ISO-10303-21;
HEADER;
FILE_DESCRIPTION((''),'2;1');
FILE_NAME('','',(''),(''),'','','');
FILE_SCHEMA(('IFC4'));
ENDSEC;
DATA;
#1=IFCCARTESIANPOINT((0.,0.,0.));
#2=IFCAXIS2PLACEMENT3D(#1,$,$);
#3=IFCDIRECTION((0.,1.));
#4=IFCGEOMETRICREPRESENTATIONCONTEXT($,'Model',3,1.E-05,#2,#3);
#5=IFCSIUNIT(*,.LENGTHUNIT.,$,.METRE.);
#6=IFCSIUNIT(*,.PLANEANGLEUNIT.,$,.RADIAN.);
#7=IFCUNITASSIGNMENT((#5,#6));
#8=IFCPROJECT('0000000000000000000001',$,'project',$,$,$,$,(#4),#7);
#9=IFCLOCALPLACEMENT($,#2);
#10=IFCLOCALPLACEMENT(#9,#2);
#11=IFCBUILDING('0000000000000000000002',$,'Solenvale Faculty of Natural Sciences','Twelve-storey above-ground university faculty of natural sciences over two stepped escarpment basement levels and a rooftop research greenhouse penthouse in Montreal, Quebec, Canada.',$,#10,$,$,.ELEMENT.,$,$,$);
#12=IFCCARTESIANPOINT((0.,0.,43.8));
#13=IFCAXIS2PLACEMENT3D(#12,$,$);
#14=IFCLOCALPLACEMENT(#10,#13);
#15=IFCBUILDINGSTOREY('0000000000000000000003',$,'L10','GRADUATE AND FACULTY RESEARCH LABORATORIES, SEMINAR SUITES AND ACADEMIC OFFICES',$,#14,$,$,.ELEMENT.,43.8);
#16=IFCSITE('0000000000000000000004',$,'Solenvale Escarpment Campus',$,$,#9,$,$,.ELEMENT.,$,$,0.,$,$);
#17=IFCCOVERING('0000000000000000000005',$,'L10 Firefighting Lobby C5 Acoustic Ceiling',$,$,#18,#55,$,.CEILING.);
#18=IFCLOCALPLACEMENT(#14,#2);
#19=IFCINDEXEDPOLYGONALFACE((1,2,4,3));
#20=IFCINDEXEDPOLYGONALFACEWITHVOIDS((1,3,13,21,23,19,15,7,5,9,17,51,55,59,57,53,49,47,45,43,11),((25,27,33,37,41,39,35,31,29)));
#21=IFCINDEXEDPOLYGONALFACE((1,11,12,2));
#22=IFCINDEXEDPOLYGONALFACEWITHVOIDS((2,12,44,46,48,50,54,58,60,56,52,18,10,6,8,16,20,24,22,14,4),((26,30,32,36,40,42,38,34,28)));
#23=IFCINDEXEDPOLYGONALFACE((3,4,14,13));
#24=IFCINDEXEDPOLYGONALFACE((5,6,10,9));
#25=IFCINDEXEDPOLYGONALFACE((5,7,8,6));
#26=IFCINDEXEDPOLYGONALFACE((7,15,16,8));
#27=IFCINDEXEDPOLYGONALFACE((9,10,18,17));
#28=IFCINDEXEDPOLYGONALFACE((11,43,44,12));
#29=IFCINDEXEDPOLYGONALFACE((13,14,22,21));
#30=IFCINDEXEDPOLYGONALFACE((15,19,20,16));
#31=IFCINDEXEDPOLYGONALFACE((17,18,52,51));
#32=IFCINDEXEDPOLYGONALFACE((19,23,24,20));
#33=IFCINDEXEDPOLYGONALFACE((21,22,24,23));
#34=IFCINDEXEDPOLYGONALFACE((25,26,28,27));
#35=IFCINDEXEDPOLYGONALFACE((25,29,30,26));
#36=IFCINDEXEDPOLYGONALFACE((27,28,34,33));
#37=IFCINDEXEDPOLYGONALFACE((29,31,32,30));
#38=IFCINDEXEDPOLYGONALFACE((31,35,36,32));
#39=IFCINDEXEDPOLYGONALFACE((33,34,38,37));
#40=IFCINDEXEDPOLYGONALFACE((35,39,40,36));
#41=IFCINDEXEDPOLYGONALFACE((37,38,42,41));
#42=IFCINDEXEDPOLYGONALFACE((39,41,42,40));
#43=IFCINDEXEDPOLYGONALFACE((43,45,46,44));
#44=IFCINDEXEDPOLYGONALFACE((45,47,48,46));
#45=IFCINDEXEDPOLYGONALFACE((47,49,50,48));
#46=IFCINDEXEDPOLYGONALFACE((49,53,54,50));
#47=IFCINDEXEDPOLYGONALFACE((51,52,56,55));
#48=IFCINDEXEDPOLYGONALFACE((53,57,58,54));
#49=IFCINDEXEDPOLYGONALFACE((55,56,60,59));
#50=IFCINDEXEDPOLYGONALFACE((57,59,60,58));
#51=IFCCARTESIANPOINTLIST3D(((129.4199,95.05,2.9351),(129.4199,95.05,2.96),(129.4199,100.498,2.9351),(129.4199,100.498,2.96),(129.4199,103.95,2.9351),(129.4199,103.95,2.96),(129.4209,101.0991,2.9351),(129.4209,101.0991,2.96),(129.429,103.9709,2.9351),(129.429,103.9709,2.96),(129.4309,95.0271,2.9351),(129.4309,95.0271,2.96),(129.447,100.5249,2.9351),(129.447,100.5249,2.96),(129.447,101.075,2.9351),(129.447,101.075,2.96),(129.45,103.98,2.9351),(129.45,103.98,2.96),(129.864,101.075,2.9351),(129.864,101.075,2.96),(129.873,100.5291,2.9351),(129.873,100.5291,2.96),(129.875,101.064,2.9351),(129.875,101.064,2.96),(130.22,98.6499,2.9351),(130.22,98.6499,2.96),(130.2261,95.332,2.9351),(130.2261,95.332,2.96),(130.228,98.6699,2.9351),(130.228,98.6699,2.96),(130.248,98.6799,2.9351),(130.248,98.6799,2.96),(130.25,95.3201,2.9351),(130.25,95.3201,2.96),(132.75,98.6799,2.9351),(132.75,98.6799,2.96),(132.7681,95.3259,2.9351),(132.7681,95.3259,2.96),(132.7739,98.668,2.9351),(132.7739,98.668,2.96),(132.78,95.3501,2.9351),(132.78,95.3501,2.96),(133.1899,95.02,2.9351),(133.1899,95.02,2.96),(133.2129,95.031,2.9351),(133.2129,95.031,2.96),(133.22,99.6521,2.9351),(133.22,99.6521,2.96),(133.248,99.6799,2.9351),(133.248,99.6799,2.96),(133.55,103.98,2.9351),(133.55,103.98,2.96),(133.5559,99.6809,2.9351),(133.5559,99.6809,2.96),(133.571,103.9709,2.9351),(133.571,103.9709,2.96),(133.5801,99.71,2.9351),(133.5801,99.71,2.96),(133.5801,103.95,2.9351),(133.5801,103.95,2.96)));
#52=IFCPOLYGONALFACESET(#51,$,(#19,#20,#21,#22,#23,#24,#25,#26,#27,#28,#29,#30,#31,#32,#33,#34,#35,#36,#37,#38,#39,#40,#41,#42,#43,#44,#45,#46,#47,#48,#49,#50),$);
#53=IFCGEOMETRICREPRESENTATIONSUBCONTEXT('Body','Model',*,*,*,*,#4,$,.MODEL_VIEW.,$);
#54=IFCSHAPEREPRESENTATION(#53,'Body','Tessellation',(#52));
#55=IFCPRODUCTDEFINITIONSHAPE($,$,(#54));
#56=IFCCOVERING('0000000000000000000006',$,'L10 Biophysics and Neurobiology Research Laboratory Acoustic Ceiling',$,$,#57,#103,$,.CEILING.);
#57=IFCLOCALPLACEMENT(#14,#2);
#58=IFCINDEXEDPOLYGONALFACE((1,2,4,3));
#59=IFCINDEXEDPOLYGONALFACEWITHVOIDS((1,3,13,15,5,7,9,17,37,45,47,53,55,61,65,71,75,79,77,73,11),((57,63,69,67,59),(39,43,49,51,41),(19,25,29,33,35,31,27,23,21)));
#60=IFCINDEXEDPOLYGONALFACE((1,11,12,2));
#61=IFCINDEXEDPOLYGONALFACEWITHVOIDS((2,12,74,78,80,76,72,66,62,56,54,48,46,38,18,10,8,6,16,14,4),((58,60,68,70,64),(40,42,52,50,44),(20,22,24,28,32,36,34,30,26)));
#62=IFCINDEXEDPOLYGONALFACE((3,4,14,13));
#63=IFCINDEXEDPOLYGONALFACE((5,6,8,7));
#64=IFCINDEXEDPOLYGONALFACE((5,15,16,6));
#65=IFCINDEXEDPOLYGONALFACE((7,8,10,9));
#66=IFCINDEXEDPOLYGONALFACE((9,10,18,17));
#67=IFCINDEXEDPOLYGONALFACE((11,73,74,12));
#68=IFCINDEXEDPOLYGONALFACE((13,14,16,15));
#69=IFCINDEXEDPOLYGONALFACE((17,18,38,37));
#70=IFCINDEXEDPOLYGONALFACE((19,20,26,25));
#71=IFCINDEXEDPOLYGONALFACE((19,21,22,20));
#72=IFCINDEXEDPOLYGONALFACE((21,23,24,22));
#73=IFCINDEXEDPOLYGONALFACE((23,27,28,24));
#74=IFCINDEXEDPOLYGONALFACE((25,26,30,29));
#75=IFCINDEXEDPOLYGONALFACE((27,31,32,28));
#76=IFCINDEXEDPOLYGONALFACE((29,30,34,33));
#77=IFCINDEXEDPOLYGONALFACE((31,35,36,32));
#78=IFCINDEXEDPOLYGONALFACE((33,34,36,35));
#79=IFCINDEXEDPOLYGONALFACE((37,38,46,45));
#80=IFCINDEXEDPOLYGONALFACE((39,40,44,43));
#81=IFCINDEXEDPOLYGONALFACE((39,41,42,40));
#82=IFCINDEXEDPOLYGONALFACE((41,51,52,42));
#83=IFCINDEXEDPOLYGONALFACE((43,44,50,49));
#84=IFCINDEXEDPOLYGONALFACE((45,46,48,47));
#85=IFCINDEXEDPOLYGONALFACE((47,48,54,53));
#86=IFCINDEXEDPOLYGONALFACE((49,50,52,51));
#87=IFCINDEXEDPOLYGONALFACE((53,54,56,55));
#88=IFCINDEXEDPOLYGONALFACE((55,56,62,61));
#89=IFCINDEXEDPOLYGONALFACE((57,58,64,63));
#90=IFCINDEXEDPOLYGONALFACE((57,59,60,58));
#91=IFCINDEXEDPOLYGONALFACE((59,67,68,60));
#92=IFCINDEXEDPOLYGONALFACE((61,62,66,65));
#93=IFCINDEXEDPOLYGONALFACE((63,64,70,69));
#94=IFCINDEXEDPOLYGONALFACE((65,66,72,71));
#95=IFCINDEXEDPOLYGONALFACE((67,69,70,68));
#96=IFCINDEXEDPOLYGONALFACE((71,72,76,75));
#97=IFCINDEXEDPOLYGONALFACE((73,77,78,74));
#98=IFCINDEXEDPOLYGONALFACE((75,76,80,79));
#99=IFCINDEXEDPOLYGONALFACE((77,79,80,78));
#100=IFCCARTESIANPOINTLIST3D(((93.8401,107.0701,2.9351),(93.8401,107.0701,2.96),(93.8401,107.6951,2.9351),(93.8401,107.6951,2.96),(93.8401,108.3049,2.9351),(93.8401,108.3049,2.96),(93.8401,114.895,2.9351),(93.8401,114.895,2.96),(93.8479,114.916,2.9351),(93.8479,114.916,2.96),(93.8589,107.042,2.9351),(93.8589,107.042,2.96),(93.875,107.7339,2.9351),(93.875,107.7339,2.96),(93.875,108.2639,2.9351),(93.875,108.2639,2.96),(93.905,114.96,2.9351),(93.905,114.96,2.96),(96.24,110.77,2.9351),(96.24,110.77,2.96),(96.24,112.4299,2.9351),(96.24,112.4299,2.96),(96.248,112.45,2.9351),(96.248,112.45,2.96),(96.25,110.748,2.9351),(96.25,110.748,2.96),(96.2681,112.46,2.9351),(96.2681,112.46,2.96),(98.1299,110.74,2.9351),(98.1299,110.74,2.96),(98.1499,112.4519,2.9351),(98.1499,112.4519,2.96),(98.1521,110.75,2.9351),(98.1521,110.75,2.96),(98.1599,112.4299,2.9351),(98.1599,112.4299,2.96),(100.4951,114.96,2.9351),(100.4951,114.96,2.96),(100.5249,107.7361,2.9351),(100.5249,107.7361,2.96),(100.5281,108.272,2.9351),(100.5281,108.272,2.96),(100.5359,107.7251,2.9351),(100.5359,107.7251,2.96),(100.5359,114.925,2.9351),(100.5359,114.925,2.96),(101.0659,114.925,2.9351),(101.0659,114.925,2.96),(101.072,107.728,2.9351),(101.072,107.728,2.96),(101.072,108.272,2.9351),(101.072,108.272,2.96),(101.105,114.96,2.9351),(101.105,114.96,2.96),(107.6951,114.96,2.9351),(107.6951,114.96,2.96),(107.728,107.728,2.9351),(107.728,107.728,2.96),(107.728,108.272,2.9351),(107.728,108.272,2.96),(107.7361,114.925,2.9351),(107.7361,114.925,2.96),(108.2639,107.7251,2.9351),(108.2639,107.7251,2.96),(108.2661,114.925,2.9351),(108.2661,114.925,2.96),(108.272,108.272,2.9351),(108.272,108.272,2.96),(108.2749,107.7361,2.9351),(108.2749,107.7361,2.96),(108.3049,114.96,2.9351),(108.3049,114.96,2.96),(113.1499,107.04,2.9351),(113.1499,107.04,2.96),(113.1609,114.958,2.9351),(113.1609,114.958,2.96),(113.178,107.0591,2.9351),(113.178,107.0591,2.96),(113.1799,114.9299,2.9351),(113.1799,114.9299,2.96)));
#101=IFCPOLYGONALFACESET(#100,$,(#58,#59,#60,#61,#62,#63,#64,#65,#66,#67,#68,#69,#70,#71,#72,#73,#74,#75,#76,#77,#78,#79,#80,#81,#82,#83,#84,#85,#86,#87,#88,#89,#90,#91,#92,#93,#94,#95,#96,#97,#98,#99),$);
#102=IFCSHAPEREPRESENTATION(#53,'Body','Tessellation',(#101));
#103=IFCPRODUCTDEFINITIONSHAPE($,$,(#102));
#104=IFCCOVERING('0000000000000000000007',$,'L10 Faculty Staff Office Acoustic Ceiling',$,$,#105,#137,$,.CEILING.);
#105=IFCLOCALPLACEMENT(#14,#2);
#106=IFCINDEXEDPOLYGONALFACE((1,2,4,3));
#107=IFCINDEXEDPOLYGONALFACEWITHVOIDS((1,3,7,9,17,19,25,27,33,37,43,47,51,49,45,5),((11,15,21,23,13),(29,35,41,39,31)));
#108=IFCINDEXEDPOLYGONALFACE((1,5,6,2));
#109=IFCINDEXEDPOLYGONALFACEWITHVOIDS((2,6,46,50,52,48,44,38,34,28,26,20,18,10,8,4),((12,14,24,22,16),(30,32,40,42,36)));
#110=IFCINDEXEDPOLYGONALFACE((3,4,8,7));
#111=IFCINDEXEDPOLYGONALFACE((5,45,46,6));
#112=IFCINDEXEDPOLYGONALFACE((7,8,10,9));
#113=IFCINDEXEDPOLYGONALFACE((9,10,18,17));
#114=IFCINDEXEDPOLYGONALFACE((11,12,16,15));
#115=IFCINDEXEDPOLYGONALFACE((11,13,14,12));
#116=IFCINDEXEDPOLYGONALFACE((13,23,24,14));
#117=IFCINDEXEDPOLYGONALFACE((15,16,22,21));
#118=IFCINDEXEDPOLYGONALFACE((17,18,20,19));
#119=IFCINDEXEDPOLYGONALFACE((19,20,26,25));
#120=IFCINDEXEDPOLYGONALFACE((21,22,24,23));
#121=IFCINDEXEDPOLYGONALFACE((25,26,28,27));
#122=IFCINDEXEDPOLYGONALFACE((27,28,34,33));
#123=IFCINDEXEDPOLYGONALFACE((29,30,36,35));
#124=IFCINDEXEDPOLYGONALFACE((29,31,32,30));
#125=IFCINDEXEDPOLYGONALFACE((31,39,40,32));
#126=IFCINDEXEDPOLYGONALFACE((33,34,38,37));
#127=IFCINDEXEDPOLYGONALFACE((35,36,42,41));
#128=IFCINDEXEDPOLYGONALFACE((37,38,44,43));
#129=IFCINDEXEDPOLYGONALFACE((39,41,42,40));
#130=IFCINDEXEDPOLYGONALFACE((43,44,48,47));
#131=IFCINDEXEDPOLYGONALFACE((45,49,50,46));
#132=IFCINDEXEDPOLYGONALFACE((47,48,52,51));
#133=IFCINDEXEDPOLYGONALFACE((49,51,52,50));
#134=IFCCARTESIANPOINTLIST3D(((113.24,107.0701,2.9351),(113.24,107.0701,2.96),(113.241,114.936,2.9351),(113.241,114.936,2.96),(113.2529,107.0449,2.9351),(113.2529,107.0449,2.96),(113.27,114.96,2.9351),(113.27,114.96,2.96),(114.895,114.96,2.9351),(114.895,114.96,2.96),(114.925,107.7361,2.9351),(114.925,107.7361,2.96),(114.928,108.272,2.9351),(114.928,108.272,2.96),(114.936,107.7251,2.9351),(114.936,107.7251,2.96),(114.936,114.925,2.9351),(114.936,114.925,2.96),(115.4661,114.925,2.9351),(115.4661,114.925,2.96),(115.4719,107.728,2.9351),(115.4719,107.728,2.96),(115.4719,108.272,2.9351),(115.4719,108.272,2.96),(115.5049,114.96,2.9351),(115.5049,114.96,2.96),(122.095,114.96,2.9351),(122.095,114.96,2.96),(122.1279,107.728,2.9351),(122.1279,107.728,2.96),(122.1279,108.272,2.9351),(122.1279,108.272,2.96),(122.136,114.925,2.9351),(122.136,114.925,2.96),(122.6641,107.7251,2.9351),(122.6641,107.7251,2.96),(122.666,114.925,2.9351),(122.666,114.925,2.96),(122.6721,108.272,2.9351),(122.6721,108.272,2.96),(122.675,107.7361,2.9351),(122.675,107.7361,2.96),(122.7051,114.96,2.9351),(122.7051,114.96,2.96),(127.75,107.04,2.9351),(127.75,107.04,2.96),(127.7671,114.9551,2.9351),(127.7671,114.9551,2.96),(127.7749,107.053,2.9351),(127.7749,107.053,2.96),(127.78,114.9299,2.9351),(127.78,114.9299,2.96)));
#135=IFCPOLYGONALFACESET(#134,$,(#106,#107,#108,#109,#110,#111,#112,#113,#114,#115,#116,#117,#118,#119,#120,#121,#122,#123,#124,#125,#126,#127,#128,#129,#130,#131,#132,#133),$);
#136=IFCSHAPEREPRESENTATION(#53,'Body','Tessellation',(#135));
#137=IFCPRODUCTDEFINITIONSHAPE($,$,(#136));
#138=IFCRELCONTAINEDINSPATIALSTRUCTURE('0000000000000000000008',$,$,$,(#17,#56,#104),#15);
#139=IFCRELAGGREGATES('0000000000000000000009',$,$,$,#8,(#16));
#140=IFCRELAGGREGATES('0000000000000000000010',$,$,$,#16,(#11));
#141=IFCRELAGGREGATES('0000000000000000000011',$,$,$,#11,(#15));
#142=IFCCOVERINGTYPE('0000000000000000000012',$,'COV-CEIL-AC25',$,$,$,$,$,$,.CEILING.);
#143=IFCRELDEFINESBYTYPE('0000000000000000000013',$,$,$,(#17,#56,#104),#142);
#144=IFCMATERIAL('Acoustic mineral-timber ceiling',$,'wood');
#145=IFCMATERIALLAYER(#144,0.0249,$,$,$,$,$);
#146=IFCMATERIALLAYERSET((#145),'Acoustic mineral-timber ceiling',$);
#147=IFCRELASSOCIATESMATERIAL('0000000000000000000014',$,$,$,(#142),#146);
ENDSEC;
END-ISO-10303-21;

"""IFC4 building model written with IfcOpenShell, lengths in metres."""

from ifc_helpers import new_model, si_unit, direction, frame, origin, place, context, subcontext, project, spatial, polyline, outline, extrude, material, layer, layer_set, type_object, element, save


model = new_model("IFC4")

# Units and contexts
model_context = context("Model", 3, precision=1e-05, world=origin(), true_north=direction((0.0, 1.0)))
body_context = subcontext(model_context, "Body", "Model", "MODEL_VIEW")
ifc_project = project(units=[si_unit("LENGTHUNIT", "METRE"), si_unit("PLANEANGLEUNIT", "RADIAN")], contexts=[model_context])

# Site, building, storey
site_placement = place(None, origin())
site = spatial("IfcSite", under=ifc_project, at=site_placement, Name="Solenvale Escarpment Campus", CompositionType="ELEMENT", RefElevation=0.0)
building_placement = place(site_placement, origin())
building = spatial("IfcBuilding", under=site, at=building_placement, Name="Solenvale Faculty of Natural Sciences", Description="Twelve-storey above-ground university faculty of natural sciences over two stepped escarpment basement levels and a rooftop research greenhouse penthouse in Montreal, Quebec, Canada.", CompositionType="ELEMENT")
storey_placement = place(building_placement, frame((0.0, 0.0, 43.8)))
storey = spatial("IfcBuildingStorey", under=building, at=storey_placement, Name="L10", Description="GRADUATE AND FACULTY RESEARCH LABORATORIES, SEMINAR SUITES AND ACADEMIC OFFICES", CompositionType="ELEMENT", Elevation=43.8)

# Coverings
ifc_material_1 = material(Name="Acoustic mineral-timber ceiling", Category="wood")
ifc_layer_1 = layer(ifc_material_1, 0.0249)
ifc_layer_set_1 = layer_set([ifc_layer_1], Name="Acoustic mineral-timber ceiling")
covering_type_1 = type_object("IfcCoveringType", Name="COV-CEIL-AC25", PredefinedType="CEILING", material=ifc_layer_set_1)
covering_1_placement = place(storey_placement, frame((0.0, 0.0, 2.9351)))
element("IfcCovering", 1, at=covering_1_placement, inside=storey, type_object=covering_type_1, Name="L10 Firefighting Lobby C5 Acoustic Ceiling", PredefinedType="CEILING", context=body_context, shape_type="SweptSolid", body=[
    extrude(outline(polyline([(133.5801, 99.71), (133.5559, 99.6809), (133.248, 99.6799), (133.22, 99.6521), (133.2129, 95.031), (133.1899, 95.02), (129.4309, 95.0271), (129.4199, 95.05), (129.4199, 100.498), (129.447, 100.5249), (129.873, 100.5291), (129.875, 101.064), (129.864, 101.075), (129.447, 101.075), (129.4209, 101.0991), (129.4199, 103.95), (129.429, 103.9709), (129.45, 103.98), (133.55, 103.98), (133.571, 103.9709), (133.5801, 103.95), (133.5801, 99.71)]), holes=[polyline([(130.248, 98.6799), (130.228, 98.6699), (130.22, 98.6499), (130.2261, 95.332), (130.25, 95.3201), (132.7681, 95.3259), (132.78, 95.3501), (132.7739, 98.668), (132.75, 98.6799), (130.248, 98.6799)])]), origin(), (0.0, 0.0, 1.0), 0.0249),
])
covering_2_placement = place(storey_placement, frame((0.0, 0.0, 2.9351)))
element("IfcCovering", 2, at=covering_2_placement, inside=storey, type_object=covering_type_1, Name="L10 Biophysics and Neurobiology Research Laboratory Acoustic Ceiling", PredefinedType="CEILING", context=body_context, shape_type="SweptSolid", body=[
    extrude(outline(polyline([(93.8401, 114.895), (93.8479, 114.916), (93.905, 114.96), (100.4951, 114.96), (100.5359, 114.925), (101.0659, 114.925), (101.105, 114.96), (107.6951, 114.96), (107.7361, 114.925), (108.2661, 114.925), (108.3049, 114.96), (113.1609, 114.958), (113.1799, 114.9299), (113.178, 107.0591), (113.1499, 107.04), (93.8589, 107.042), (93.8401, 107.0701), (93.8401, 107.6951), (93.875, 107.7339), (93.875, 108.2639), (93.8401, 108.3049), (93.8401, 114.895)]), holes=[polyline([(108.2639, 107.7251), (108.2749, 107.7361), (108.272, 108.272), (107.728, 108.272), (107.728, 107.728), (108.2639, 107.7251)]), polyline([(100.5249, 107.7361), (100.5359, 107.7251), (101.072, 107.728), (101.072, 108.272), (100.5281, 108.272), (100.5249, 107.7361)]), polyline([(96.2681, 112.46), (96.248, 112.45), (96.24, 112.4299), (96.24, 110.77), (96.25, 110.748), (98.1299, 110.74), (98.1521, 110.75), (98.1599, 112.4299), (98.1499, 112.4519), (96.2681, 112.46)])]), origin(), (0.0, 0.0, 1.0), 0.0249),
])
covering_3_placement = place(storey_placement, frame((0.0, 0.0, 2.9351)))
element("IfcCovering", 3, at=covering_3_placement, inside=storey, type_object=covering_type_1, Name="L10 Faculty Staff Office Acoustic Ceiling", PredefinedType="CEILING", context=body_context, shape_type="SweptSolid", body=[
    extrude(outline(polyline([(114.895, 114.96), (114.936, 114.925), (115.4661, 114.925), (115.5049, 114.96), (122.095, 114.96), (122.136, 114.925), (122.666, 114.925), (122.7051, 114.96), (127.7671, 114.9551), (127.78, 114.9299), (127.7749, 107.053), (127.75, 107.04), (113.2529, 107.0449), (113.24, 107.0701), (113.241, 114.936), (113.27, 114.96), (114.895, 114.96)]), holes=[polyline([(122.6641, 107.7251), (122.675, 107.7361), (122.6721, 108.272), (122.1279, 108.272), (122.1279, 107.728), (122.6641, 107.7251)]), polyline([(114.925, 107.7361), (114.936, 107.7251), (115.4719, 107.728), (115.4719, 108.272), (114.928, 108.272), (114.925, 107.7361)])]), origin(), (0.0, 0.0, 1.0), 0.0249),
])

save(model, "model.ifc")
